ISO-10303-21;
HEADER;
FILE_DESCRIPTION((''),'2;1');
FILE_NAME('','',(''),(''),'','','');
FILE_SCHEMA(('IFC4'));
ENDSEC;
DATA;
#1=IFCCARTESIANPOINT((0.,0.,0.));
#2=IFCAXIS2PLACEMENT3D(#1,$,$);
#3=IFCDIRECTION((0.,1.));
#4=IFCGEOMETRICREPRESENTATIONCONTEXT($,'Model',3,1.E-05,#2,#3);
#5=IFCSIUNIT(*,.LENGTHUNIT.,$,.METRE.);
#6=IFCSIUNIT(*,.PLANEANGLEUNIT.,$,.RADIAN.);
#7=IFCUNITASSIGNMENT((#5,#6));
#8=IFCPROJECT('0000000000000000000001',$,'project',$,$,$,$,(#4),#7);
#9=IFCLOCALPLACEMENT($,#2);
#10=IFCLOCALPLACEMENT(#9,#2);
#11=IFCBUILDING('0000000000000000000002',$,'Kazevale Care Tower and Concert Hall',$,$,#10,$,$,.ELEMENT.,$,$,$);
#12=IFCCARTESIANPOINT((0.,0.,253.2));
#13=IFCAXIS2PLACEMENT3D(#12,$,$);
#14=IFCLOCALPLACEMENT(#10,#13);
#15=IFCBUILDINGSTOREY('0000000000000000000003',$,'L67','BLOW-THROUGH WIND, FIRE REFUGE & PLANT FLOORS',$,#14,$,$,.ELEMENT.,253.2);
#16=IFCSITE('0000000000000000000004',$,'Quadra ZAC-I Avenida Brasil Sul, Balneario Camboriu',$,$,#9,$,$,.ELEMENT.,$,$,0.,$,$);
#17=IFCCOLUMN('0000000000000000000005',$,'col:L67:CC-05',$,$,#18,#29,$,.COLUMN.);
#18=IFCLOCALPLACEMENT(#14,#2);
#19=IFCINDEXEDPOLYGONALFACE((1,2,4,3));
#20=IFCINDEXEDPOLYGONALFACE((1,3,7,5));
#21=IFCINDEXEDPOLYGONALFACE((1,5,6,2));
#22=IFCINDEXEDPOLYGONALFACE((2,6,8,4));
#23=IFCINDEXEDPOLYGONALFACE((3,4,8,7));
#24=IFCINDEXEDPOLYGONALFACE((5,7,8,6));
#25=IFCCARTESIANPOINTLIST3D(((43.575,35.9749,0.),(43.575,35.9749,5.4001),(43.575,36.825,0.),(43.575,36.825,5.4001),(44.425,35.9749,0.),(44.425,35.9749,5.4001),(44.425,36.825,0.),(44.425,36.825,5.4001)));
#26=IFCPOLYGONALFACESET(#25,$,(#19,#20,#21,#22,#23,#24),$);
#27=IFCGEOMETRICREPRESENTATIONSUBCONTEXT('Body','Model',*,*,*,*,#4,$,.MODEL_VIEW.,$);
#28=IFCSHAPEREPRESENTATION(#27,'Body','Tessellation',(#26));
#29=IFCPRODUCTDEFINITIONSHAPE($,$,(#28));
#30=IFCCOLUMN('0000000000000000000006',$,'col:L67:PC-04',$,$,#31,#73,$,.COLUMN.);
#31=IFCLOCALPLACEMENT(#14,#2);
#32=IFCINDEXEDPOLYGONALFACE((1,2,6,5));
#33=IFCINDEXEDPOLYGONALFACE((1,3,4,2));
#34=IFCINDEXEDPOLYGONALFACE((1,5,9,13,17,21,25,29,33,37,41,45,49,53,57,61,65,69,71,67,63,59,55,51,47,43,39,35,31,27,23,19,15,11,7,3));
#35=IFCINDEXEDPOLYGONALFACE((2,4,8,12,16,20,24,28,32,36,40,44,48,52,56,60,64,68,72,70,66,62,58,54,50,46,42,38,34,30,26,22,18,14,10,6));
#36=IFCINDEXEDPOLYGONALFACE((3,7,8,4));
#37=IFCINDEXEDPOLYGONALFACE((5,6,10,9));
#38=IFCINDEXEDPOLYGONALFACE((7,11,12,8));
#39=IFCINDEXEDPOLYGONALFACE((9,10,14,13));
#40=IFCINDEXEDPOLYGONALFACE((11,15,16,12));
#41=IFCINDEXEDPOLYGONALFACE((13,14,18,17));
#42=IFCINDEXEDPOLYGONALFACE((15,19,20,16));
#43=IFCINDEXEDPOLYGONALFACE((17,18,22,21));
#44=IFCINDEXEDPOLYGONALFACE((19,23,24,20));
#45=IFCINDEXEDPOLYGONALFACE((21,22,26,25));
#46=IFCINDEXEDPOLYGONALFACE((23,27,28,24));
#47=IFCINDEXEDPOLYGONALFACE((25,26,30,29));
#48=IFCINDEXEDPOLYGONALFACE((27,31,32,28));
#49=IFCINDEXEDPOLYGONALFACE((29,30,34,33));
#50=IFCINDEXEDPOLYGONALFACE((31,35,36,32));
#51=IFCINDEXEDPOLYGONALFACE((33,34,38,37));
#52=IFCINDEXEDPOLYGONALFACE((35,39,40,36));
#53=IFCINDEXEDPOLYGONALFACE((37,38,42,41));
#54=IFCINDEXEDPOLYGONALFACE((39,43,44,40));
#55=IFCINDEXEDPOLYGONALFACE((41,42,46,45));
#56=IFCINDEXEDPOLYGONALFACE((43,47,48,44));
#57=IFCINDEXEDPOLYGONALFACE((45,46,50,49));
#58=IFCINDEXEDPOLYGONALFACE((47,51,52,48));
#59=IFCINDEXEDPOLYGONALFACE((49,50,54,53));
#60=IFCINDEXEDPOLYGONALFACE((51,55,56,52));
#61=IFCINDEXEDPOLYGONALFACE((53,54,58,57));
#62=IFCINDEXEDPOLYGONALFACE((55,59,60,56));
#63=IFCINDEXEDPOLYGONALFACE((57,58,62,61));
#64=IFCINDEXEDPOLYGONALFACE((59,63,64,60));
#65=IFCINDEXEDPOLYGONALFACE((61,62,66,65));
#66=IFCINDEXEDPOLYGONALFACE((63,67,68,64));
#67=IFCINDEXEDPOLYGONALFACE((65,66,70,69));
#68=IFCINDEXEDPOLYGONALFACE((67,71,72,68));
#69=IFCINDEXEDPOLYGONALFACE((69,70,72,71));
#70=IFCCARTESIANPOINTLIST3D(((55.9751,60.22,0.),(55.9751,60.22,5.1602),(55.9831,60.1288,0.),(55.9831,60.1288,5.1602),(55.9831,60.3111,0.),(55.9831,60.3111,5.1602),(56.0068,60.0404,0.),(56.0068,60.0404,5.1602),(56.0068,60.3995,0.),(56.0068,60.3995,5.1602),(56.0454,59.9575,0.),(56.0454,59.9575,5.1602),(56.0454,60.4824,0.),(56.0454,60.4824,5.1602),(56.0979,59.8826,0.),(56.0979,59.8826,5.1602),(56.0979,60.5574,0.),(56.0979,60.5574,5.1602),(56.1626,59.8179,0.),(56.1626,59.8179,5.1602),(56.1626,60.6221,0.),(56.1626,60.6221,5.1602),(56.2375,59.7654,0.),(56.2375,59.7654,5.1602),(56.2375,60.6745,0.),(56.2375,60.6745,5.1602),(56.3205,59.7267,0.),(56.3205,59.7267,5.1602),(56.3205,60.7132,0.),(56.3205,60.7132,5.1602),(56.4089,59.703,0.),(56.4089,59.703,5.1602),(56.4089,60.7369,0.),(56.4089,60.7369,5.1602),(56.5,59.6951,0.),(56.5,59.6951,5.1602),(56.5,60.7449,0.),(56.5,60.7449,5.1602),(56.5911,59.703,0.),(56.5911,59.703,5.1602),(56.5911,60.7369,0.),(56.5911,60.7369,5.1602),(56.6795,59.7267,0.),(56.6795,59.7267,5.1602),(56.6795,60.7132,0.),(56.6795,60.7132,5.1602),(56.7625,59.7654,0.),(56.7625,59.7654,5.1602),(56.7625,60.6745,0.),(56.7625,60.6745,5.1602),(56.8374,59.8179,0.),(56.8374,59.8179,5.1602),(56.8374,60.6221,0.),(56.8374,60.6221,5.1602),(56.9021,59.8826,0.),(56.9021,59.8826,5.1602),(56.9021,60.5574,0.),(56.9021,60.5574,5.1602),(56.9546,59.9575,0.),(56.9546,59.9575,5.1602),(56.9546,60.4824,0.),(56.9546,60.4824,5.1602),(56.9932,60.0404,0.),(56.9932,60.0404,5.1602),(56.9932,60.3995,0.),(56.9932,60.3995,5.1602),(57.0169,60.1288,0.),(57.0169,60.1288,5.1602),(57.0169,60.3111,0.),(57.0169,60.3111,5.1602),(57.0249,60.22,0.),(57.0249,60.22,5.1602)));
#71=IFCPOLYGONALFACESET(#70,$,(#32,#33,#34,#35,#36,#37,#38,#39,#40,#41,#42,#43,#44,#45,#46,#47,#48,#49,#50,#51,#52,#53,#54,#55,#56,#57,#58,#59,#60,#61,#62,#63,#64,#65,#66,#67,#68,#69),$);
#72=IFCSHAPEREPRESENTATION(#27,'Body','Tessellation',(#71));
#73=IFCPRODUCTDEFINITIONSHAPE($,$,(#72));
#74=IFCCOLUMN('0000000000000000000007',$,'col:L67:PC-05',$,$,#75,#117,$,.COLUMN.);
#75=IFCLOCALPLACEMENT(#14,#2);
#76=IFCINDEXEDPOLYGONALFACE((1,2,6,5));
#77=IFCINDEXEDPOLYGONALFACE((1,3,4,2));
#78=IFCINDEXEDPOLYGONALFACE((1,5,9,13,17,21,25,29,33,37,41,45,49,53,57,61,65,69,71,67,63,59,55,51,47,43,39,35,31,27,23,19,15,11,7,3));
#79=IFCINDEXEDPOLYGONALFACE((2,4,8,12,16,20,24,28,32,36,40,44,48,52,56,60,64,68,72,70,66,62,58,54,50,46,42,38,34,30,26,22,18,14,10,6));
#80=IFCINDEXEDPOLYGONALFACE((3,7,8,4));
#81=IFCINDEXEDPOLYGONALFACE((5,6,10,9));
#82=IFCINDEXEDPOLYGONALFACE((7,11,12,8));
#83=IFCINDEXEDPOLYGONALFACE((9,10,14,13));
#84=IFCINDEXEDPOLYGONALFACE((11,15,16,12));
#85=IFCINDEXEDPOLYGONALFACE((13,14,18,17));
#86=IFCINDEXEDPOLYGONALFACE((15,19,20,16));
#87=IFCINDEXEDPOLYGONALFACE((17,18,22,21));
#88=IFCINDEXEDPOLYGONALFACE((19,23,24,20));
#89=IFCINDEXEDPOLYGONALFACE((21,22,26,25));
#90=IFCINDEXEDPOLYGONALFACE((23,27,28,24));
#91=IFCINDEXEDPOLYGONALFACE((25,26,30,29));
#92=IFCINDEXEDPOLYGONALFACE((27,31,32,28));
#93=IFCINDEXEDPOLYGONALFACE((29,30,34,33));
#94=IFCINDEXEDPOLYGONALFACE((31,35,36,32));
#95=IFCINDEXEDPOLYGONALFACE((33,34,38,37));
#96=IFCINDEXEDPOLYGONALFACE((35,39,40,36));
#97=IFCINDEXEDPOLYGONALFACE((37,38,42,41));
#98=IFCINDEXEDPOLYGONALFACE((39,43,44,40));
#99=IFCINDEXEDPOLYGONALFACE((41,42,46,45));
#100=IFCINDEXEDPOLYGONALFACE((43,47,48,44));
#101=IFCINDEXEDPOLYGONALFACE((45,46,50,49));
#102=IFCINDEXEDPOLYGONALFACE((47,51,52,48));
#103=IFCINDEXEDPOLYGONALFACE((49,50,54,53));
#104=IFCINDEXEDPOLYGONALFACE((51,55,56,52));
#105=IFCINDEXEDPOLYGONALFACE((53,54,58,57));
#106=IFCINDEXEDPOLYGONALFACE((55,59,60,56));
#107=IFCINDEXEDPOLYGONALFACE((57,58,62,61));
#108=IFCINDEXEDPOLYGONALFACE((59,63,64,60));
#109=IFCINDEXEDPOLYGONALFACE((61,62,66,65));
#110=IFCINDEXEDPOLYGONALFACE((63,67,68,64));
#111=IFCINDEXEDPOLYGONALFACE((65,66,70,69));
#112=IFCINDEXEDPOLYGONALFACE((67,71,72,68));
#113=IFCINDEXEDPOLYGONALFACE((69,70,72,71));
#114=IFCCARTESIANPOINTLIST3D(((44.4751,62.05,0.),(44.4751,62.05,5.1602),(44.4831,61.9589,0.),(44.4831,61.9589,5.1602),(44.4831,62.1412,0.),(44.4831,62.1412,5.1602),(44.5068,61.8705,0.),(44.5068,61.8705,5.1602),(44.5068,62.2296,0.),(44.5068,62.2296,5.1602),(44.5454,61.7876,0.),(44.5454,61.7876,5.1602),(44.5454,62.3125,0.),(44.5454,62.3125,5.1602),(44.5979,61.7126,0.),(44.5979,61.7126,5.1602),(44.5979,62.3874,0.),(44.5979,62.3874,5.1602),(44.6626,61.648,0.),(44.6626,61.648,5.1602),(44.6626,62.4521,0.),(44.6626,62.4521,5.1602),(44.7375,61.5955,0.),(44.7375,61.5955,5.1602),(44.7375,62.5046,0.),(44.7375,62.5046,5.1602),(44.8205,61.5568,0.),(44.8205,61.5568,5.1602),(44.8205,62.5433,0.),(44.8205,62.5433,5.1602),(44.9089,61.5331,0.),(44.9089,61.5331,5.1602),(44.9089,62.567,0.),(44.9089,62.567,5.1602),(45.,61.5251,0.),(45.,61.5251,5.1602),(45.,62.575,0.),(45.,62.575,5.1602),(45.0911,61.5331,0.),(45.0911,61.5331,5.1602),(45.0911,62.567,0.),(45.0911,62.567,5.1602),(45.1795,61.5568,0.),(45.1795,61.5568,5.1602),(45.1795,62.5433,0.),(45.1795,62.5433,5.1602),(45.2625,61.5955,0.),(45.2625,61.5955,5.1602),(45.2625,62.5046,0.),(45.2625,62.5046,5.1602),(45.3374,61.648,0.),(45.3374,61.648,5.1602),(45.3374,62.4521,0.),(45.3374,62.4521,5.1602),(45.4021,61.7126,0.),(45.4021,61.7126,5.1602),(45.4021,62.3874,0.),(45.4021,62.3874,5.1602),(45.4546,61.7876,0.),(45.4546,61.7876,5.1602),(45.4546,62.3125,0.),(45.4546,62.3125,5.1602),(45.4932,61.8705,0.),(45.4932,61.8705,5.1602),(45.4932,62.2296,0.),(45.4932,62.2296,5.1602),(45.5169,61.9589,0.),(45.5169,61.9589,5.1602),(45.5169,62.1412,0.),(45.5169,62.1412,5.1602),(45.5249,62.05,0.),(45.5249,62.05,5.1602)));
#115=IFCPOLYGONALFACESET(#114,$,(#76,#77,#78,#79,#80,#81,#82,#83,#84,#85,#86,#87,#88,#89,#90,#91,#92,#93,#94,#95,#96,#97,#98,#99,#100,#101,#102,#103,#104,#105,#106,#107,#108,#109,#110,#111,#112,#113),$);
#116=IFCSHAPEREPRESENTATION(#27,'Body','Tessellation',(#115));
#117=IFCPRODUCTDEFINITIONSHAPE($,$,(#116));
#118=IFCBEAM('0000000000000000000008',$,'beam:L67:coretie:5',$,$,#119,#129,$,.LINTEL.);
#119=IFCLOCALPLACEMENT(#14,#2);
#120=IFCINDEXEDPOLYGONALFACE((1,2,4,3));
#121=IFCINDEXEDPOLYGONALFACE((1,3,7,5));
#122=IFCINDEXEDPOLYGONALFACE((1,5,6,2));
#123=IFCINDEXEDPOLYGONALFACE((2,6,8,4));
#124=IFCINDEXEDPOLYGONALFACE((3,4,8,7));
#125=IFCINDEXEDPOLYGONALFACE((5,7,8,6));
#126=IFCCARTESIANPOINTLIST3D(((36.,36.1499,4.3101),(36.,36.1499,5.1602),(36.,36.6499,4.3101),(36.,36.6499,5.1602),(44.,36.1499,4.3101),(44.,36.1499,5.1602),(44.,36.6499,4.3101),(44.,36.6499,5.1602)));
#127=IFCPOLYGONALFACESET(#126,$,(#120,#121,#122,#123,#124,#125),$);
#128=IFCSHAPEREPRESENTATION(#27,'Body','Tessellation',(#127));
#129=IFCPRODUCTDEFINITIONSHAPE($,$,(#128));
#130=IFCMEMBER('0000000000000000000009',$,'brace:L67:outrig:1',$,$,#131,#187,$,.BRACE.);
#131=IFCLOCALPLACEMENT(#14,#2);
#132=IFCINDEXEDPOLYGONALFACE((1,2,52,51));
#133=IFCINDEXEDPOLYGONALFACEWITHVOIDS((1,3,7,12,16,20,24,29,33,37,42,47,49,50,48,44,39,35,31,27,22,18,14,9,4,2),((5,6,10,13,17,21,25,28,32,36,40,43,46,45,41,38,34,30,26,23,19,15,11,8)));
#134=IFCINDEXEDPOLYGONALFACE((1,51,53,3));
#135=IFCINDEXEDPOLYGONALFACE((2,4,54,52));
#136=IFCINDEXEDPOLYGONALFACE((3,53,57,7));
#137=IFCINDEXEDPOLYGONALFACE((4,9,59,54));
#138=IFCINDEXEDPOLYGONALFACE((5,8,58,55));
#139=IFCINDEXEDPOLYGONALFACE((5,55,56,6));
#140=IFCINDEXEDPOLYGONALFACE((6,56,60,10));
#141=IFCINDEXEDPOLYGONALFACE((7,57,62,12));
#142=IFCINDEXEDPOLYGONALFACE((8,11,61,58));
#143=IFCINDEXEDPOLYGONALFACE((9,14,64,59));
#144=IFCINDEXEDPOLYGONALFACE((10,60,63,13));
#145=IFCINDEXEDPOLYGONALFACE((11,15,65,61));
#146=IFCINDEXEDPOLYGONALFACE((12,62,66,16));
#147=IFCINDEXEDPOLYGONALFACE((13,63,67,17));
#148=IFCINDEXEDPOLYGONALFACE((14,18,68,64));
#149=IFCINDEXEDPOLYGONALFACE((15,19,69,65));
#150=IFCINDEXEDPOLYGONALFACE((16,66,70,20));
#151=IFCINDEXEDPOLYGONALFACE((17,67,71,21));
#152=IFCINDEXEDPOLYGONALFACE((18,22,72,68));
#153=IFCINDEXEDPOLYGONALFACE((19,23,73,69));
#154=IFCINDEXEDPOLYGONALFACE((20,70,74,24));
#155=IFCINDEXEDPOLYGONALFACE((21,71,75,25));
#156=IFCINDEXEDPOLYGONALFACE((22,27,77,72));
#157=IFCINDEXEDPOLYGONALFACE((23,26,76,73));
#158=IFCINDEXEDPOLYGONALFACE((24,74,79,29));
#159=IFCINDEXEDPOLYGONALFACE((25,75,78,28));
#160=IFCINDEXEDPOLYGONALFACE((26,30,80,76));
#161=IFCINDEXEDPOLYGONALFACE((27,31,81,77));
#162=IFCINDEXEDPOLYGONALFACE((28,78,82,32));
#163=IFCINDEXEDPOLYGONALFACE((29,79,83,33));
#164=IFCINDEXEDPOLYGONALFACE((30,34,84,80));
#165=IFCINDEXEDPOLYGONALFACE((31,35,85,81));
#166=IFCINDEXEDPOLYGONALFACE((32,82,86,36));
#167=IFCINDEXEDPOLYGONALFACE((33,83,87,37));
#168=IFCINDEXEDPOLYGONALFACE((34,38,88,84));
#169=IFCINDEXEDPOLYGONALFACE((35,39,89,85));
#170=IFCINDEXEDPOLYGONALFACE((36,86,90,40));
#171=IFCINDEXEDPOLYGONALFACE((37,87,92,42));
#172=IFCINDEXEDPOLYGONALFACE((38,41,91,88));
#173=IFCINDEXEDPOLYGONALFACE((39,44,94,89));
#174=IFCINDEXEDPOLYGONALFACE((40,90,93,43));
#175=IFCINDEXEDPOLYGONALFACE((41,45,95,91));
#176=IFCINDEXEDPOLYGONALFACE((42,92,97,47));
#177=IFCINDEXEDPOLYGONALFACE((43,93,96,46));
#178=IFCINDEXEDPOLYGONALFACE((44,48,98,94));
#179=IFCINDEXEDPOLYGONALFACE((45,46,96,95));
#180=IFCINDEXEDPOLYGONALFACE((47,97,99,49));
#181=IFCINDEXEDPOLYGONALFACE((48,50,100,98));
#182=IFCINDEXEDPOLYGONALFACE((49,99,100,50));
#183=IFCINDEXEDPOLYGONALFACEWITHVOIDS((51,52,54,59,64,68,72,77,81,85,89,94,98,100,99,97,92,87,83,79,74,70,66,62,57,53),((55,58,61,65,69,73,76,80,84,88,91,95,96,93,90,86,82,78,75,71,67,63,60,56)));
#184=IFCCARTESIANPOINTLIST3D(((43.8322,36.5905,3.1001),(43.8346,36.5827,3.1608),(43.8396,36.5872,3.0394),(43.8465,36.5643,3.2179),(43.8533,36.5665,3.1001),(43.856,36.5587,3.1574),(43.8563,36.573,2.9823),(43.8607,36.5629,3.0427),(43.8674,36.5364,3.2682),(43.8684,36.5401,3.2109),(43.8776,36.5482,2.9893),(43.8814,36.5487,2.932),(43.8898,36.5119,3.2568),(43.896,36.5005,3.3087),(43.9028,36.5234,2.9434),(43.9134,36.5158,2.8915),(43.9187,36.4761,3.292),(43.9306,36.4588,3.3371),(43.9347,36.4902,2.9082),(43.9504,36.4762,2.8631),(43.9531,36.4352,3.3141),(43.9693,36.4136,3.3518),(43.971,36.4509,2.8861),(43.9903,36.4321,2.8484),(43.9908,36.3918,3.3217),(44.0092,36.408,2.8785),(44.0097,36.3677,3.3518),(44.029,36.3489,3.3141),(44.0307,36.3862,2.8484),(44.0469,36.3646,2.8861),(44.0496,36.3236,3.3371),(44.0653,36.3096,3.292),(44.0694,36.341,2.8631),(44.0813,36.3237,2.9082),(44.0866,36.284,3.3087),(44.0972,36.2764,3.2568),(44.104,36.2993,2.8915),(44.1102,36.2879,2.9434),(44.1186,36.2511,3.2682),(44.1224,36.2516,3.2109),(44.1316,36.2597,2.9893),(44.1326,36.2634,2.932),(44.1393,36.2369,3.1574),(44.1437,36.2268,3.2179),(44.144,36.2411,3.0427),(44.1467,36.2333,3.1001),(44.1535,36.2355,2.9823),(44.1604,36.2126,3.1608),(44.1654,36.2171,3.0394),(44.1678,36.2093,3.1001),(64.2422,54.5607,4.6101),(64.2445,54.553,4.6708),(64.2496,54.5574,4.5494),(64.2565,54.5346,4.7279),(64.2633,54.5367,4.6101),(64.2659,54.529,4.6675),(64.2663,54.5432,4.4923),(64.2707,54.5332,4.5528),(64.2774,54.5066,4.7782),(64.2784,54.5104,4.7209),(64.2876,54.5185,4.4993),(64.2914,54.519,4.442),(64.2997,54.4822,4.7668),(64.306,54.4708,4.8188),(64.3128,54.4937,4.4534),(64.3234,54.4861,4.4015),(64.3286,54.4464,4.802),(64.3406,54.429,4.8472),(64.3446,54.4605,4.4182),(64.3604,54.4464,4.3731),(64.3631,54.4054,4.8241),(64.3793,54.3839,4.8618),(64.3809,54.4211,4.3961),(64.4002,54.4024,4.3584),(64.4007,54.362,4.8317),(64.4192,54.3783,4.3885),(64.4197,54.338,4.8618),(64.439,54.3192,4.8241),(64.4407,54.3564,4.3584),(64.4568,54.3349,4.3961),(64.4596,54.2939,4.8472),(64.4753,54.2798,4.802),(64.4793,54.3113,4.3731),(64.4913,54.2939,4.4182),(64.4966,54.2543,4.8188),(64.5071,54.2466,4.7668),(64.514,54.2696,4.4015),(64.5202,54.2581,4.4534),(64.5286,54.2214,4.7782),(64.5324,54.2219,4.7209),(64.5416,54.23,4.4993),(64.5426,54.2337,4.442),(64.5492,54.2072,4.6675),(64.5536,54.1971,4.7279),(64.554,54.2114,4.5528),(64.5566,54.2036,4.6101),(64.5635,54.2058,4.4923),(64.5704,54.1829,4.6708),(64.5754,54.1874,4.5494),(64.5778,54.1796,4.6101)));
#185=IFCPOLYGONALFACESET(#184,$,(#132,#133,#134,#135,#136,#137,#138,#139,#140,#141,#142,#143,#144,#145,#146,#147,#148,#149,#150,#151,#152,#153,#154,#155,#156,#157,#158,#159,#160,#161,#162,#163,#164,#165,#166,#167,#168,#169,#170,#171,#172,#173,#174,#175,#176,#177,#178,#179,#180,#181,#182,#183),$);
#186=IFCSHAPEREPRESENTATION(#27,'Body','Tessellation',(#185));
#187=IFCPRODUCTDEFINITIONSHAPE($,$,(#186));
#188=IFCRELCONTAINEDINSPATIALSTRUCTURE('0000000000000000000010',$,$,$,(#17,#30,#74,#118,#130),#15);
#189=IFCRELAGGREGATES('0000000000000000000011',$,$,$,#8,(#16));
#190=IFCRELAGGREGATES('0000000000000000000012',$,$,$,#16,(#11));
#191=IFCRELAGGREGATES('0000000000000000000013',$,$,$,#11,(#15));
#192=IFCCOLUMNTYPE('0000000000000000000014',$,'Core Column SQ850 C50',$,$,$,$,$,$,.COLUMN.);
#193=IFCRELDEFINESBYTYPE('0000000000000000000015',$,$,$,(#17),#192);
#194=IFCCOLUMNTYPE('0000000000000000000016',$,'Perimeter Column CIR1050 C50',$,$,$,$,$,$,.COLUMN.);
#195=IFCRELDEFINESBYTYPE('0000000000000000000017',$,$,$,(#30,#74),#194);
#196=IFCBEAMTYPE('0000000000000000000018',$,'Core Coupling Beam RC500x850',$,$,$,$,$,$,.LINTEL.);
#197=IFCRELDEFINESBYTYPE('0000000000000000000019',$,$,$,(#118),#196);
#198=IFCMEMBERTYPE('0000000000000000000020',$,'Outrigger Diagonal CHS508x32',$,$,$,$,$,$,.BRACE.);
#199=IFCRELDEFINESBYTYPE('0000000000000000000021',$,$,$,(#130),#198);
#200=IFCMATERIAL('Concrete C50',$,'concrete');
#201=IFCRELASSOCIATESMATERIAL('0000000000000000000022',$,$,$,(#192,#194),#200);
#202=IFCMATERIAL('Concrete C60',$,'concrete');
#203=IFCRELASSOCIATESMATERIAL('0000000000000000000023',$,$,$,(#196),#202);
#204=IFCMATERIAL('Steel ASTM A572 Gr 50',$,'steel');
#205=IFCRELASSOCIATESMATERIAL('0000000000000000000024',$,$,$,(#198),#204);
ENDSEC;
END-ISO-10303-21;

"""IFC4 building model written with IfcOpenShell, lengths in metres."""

from ifc_helpers import new_model, si_unit, direction, frame, origin, origin_2d, place, context, subcontext, project, spatial, rectangle, circle, hollow_circle, extrude, material, material_profile, profile_set, type_object, element, save


model = new_model("IFC4")

# Units and contexts
model_context = context("Model", 3, precision=1e-05, world=origin(), true_north=direction((0.0, 1.0)))
body_context = subcontext(model_context, "Body", "Model", "MODEL_VIEW")
ifc_project = project(units=[si_unit("LENGTHUNIT", "METRE"), si_unit("PLANEANGLEUNIT", "RADIAN")], contexts=[model_context])

# Site, building, storey
site_placement = place(None, origin())
site = spatial("IfcSite", under=ifc_project, at=site_placement, Name="Quadra ZAC-I Avenida Brasil Sul, Balneario Camboriu", CompositionType="ELEMENT", RefElevation=0.0)
building_placement = place(site_placement, origin())
building = spatial("IfcBuilding", under=site, at=building_placement, Name="Kazevale Care Tower and Concert Hall", CompositionType="ELEMENT")
storey_placement = place(building_placement, frame((0.0, 0.0, 253.2)))
storey = spatial("IfcBuildingStorey", under=building, at=storey_placement, Name="L67", Description="BLOW-THROUGH WIND, FIRE REFUGE & PLANT FLOORS", CompositionType="ELEMENT", Elevation=253.2)

# Columns
ifc_material_1 = material(Name="Concrete C50", Category="concrete")
ifc_material_profile_1 = material_profile(ifc_material_1, rectangle(XDim=0.8501, YDim=0.8501, at=origin_2d()), Name="RC-SQ850")
ifc_profile_set_1 = profile_set([ifc_material_profile_1], Name="Concrete C50")
column_type_1 = type_object("IfcColumnType", Name="Core Column SQ850 C50", PredefinedType="COLUMN", material=ifc_profile_set_1)
column_placement = place(storey_placement, frame((44.0, 36.3999, 0.0), z_axis=(0.0, 0.0, 1.0), x_axis=(1.0, 0.0, 0.0)))
element("IfcColumn", 1, at=column_placement, inside=storey, type_object=column_type_1, Name="col:L67:CC-05", PredefinedType="COLUMN", context=body_context, shape_type="SweptSolid", body=[
    extrude(rectangle(XDim=0.8501, YDim=0.8501, at=origin_2d()), origin(), (0.0, 0.0, 1.0), 5.4001),
])
ifc_material_profile_2 = material_profile(ifc_material_1, circle(Radius=0.5249, at=origin_2d()), Name="RC-CIR1050")
ifc_profile_set_2 = profile_set([ifc_material_profile_2], Name="Concrete C50")
column_type_2 = type_object("IfcColumnType", Name="Perimeter Column CIR1050 C50", PredefinedType="COLUMN", material=ifc_profile_set_2)
for number, where, z_axis, x_axis, name in (
    (2, (56.5, 60.22, 0.0), (0.0, 0.0, 1.0), (1.0, 0.0, 0.0), "col:L67:PC-04"),
    (3, (45.0, 62.05, 0.0), (0.0, 0.0, 1.0), (1.0, 0.0, 0.0), "col:L67:PC-05"),
):
    element("IfcColumn", number, at=place(storey_placement, frame(where, z_axis=z_axis, x_axis=x_axis)), inside=storey, type_object=column_type_2, Name=name, PredefinedType="COLUMN", context=body_context, shape_type="SweptSolid", body=[
        extrude(circle(Radius=0.5249, at=origin_2d()), origin(), (0.0, 0.0, 1.0), 5.1602),
    ])

# Beam
ifc_material_2 = material(Name="Concrete C60", Category="concrete")
ifc_material_profile_3 = material_profile(ifc_material_2, rectangle(XDim=0.5, YDim=0.8501, at=origin_2d()), Name="RC-B500x850")
ifc_profile_set_3 = profile_set([ifc_material_profile_3], Name="Concrete C60")
beam_type_1 = type_object("IfcBeamType", Name="Core Coupling Beam RC500x850", PredefinedType="LINTEL", material=ifc_profile_set_3)
beam_1_placement = place(storey_placement, frame((44.0, 36.3999, 4.7351), z_axis=(-1.0, 0.0, 0.0), x_axis=(0.0, -1.0, 0.0)))
element("IfcBeam", 4, at=beam_1_placement, inside=storey, type_object=beam_type_1, Name="beam:L67:coretie:5", PredefinedType="LINTEL", context=body_context, shape_type="SweptSolid", body=[
    extrude(rectangle(XDim=0.5, YDim=0.8501, at=origin_2d()), origin(), (0.0, 0.0, 1.0), 8.0),
])

# Member
ifc_material_3 = material(Name="Steel ASTM A572 Gr 50", Category="steel")
ifc_material_profile_4 = material_profile(ifc_material_3, hollow_circle(Radius=0.2539, WallThickness=0.032, at=origin_2d()), Name="CHS508x32")
ifc_profile_set_4 = profile_set([ifc_material_profile_4], Name="Steel ASTM A572 Gr 50")
member_type_1 = type_object("IfcMemberType", Name="Outrigger Diagonal CHS508x32", PredefinedType="BRACE", material=ifc_profile_set_4)
member_1_placement = place(storey_placement, frame((44.0, 36.3999, 3.1001), z_axis=(0.749386, 0.659808, 0.055443), x_axis=(-0.660825, 0.75054, 0.0)))
element("IfcMember", 5, at=member_1_placement, inside=storey, type_object=member_type_1, Name="brace:L67:outrig:1", PredefinedType="BRACE", context=body_context, shape_type="SweptSolid", body=[
    extrude(hollow_circle(Radius=0.2539, WallThickness=0.032, at=origin_2d()), origin(), (0.0, 0.0, 1.0), 27.2356),
])

save(model, "model.ifc")
